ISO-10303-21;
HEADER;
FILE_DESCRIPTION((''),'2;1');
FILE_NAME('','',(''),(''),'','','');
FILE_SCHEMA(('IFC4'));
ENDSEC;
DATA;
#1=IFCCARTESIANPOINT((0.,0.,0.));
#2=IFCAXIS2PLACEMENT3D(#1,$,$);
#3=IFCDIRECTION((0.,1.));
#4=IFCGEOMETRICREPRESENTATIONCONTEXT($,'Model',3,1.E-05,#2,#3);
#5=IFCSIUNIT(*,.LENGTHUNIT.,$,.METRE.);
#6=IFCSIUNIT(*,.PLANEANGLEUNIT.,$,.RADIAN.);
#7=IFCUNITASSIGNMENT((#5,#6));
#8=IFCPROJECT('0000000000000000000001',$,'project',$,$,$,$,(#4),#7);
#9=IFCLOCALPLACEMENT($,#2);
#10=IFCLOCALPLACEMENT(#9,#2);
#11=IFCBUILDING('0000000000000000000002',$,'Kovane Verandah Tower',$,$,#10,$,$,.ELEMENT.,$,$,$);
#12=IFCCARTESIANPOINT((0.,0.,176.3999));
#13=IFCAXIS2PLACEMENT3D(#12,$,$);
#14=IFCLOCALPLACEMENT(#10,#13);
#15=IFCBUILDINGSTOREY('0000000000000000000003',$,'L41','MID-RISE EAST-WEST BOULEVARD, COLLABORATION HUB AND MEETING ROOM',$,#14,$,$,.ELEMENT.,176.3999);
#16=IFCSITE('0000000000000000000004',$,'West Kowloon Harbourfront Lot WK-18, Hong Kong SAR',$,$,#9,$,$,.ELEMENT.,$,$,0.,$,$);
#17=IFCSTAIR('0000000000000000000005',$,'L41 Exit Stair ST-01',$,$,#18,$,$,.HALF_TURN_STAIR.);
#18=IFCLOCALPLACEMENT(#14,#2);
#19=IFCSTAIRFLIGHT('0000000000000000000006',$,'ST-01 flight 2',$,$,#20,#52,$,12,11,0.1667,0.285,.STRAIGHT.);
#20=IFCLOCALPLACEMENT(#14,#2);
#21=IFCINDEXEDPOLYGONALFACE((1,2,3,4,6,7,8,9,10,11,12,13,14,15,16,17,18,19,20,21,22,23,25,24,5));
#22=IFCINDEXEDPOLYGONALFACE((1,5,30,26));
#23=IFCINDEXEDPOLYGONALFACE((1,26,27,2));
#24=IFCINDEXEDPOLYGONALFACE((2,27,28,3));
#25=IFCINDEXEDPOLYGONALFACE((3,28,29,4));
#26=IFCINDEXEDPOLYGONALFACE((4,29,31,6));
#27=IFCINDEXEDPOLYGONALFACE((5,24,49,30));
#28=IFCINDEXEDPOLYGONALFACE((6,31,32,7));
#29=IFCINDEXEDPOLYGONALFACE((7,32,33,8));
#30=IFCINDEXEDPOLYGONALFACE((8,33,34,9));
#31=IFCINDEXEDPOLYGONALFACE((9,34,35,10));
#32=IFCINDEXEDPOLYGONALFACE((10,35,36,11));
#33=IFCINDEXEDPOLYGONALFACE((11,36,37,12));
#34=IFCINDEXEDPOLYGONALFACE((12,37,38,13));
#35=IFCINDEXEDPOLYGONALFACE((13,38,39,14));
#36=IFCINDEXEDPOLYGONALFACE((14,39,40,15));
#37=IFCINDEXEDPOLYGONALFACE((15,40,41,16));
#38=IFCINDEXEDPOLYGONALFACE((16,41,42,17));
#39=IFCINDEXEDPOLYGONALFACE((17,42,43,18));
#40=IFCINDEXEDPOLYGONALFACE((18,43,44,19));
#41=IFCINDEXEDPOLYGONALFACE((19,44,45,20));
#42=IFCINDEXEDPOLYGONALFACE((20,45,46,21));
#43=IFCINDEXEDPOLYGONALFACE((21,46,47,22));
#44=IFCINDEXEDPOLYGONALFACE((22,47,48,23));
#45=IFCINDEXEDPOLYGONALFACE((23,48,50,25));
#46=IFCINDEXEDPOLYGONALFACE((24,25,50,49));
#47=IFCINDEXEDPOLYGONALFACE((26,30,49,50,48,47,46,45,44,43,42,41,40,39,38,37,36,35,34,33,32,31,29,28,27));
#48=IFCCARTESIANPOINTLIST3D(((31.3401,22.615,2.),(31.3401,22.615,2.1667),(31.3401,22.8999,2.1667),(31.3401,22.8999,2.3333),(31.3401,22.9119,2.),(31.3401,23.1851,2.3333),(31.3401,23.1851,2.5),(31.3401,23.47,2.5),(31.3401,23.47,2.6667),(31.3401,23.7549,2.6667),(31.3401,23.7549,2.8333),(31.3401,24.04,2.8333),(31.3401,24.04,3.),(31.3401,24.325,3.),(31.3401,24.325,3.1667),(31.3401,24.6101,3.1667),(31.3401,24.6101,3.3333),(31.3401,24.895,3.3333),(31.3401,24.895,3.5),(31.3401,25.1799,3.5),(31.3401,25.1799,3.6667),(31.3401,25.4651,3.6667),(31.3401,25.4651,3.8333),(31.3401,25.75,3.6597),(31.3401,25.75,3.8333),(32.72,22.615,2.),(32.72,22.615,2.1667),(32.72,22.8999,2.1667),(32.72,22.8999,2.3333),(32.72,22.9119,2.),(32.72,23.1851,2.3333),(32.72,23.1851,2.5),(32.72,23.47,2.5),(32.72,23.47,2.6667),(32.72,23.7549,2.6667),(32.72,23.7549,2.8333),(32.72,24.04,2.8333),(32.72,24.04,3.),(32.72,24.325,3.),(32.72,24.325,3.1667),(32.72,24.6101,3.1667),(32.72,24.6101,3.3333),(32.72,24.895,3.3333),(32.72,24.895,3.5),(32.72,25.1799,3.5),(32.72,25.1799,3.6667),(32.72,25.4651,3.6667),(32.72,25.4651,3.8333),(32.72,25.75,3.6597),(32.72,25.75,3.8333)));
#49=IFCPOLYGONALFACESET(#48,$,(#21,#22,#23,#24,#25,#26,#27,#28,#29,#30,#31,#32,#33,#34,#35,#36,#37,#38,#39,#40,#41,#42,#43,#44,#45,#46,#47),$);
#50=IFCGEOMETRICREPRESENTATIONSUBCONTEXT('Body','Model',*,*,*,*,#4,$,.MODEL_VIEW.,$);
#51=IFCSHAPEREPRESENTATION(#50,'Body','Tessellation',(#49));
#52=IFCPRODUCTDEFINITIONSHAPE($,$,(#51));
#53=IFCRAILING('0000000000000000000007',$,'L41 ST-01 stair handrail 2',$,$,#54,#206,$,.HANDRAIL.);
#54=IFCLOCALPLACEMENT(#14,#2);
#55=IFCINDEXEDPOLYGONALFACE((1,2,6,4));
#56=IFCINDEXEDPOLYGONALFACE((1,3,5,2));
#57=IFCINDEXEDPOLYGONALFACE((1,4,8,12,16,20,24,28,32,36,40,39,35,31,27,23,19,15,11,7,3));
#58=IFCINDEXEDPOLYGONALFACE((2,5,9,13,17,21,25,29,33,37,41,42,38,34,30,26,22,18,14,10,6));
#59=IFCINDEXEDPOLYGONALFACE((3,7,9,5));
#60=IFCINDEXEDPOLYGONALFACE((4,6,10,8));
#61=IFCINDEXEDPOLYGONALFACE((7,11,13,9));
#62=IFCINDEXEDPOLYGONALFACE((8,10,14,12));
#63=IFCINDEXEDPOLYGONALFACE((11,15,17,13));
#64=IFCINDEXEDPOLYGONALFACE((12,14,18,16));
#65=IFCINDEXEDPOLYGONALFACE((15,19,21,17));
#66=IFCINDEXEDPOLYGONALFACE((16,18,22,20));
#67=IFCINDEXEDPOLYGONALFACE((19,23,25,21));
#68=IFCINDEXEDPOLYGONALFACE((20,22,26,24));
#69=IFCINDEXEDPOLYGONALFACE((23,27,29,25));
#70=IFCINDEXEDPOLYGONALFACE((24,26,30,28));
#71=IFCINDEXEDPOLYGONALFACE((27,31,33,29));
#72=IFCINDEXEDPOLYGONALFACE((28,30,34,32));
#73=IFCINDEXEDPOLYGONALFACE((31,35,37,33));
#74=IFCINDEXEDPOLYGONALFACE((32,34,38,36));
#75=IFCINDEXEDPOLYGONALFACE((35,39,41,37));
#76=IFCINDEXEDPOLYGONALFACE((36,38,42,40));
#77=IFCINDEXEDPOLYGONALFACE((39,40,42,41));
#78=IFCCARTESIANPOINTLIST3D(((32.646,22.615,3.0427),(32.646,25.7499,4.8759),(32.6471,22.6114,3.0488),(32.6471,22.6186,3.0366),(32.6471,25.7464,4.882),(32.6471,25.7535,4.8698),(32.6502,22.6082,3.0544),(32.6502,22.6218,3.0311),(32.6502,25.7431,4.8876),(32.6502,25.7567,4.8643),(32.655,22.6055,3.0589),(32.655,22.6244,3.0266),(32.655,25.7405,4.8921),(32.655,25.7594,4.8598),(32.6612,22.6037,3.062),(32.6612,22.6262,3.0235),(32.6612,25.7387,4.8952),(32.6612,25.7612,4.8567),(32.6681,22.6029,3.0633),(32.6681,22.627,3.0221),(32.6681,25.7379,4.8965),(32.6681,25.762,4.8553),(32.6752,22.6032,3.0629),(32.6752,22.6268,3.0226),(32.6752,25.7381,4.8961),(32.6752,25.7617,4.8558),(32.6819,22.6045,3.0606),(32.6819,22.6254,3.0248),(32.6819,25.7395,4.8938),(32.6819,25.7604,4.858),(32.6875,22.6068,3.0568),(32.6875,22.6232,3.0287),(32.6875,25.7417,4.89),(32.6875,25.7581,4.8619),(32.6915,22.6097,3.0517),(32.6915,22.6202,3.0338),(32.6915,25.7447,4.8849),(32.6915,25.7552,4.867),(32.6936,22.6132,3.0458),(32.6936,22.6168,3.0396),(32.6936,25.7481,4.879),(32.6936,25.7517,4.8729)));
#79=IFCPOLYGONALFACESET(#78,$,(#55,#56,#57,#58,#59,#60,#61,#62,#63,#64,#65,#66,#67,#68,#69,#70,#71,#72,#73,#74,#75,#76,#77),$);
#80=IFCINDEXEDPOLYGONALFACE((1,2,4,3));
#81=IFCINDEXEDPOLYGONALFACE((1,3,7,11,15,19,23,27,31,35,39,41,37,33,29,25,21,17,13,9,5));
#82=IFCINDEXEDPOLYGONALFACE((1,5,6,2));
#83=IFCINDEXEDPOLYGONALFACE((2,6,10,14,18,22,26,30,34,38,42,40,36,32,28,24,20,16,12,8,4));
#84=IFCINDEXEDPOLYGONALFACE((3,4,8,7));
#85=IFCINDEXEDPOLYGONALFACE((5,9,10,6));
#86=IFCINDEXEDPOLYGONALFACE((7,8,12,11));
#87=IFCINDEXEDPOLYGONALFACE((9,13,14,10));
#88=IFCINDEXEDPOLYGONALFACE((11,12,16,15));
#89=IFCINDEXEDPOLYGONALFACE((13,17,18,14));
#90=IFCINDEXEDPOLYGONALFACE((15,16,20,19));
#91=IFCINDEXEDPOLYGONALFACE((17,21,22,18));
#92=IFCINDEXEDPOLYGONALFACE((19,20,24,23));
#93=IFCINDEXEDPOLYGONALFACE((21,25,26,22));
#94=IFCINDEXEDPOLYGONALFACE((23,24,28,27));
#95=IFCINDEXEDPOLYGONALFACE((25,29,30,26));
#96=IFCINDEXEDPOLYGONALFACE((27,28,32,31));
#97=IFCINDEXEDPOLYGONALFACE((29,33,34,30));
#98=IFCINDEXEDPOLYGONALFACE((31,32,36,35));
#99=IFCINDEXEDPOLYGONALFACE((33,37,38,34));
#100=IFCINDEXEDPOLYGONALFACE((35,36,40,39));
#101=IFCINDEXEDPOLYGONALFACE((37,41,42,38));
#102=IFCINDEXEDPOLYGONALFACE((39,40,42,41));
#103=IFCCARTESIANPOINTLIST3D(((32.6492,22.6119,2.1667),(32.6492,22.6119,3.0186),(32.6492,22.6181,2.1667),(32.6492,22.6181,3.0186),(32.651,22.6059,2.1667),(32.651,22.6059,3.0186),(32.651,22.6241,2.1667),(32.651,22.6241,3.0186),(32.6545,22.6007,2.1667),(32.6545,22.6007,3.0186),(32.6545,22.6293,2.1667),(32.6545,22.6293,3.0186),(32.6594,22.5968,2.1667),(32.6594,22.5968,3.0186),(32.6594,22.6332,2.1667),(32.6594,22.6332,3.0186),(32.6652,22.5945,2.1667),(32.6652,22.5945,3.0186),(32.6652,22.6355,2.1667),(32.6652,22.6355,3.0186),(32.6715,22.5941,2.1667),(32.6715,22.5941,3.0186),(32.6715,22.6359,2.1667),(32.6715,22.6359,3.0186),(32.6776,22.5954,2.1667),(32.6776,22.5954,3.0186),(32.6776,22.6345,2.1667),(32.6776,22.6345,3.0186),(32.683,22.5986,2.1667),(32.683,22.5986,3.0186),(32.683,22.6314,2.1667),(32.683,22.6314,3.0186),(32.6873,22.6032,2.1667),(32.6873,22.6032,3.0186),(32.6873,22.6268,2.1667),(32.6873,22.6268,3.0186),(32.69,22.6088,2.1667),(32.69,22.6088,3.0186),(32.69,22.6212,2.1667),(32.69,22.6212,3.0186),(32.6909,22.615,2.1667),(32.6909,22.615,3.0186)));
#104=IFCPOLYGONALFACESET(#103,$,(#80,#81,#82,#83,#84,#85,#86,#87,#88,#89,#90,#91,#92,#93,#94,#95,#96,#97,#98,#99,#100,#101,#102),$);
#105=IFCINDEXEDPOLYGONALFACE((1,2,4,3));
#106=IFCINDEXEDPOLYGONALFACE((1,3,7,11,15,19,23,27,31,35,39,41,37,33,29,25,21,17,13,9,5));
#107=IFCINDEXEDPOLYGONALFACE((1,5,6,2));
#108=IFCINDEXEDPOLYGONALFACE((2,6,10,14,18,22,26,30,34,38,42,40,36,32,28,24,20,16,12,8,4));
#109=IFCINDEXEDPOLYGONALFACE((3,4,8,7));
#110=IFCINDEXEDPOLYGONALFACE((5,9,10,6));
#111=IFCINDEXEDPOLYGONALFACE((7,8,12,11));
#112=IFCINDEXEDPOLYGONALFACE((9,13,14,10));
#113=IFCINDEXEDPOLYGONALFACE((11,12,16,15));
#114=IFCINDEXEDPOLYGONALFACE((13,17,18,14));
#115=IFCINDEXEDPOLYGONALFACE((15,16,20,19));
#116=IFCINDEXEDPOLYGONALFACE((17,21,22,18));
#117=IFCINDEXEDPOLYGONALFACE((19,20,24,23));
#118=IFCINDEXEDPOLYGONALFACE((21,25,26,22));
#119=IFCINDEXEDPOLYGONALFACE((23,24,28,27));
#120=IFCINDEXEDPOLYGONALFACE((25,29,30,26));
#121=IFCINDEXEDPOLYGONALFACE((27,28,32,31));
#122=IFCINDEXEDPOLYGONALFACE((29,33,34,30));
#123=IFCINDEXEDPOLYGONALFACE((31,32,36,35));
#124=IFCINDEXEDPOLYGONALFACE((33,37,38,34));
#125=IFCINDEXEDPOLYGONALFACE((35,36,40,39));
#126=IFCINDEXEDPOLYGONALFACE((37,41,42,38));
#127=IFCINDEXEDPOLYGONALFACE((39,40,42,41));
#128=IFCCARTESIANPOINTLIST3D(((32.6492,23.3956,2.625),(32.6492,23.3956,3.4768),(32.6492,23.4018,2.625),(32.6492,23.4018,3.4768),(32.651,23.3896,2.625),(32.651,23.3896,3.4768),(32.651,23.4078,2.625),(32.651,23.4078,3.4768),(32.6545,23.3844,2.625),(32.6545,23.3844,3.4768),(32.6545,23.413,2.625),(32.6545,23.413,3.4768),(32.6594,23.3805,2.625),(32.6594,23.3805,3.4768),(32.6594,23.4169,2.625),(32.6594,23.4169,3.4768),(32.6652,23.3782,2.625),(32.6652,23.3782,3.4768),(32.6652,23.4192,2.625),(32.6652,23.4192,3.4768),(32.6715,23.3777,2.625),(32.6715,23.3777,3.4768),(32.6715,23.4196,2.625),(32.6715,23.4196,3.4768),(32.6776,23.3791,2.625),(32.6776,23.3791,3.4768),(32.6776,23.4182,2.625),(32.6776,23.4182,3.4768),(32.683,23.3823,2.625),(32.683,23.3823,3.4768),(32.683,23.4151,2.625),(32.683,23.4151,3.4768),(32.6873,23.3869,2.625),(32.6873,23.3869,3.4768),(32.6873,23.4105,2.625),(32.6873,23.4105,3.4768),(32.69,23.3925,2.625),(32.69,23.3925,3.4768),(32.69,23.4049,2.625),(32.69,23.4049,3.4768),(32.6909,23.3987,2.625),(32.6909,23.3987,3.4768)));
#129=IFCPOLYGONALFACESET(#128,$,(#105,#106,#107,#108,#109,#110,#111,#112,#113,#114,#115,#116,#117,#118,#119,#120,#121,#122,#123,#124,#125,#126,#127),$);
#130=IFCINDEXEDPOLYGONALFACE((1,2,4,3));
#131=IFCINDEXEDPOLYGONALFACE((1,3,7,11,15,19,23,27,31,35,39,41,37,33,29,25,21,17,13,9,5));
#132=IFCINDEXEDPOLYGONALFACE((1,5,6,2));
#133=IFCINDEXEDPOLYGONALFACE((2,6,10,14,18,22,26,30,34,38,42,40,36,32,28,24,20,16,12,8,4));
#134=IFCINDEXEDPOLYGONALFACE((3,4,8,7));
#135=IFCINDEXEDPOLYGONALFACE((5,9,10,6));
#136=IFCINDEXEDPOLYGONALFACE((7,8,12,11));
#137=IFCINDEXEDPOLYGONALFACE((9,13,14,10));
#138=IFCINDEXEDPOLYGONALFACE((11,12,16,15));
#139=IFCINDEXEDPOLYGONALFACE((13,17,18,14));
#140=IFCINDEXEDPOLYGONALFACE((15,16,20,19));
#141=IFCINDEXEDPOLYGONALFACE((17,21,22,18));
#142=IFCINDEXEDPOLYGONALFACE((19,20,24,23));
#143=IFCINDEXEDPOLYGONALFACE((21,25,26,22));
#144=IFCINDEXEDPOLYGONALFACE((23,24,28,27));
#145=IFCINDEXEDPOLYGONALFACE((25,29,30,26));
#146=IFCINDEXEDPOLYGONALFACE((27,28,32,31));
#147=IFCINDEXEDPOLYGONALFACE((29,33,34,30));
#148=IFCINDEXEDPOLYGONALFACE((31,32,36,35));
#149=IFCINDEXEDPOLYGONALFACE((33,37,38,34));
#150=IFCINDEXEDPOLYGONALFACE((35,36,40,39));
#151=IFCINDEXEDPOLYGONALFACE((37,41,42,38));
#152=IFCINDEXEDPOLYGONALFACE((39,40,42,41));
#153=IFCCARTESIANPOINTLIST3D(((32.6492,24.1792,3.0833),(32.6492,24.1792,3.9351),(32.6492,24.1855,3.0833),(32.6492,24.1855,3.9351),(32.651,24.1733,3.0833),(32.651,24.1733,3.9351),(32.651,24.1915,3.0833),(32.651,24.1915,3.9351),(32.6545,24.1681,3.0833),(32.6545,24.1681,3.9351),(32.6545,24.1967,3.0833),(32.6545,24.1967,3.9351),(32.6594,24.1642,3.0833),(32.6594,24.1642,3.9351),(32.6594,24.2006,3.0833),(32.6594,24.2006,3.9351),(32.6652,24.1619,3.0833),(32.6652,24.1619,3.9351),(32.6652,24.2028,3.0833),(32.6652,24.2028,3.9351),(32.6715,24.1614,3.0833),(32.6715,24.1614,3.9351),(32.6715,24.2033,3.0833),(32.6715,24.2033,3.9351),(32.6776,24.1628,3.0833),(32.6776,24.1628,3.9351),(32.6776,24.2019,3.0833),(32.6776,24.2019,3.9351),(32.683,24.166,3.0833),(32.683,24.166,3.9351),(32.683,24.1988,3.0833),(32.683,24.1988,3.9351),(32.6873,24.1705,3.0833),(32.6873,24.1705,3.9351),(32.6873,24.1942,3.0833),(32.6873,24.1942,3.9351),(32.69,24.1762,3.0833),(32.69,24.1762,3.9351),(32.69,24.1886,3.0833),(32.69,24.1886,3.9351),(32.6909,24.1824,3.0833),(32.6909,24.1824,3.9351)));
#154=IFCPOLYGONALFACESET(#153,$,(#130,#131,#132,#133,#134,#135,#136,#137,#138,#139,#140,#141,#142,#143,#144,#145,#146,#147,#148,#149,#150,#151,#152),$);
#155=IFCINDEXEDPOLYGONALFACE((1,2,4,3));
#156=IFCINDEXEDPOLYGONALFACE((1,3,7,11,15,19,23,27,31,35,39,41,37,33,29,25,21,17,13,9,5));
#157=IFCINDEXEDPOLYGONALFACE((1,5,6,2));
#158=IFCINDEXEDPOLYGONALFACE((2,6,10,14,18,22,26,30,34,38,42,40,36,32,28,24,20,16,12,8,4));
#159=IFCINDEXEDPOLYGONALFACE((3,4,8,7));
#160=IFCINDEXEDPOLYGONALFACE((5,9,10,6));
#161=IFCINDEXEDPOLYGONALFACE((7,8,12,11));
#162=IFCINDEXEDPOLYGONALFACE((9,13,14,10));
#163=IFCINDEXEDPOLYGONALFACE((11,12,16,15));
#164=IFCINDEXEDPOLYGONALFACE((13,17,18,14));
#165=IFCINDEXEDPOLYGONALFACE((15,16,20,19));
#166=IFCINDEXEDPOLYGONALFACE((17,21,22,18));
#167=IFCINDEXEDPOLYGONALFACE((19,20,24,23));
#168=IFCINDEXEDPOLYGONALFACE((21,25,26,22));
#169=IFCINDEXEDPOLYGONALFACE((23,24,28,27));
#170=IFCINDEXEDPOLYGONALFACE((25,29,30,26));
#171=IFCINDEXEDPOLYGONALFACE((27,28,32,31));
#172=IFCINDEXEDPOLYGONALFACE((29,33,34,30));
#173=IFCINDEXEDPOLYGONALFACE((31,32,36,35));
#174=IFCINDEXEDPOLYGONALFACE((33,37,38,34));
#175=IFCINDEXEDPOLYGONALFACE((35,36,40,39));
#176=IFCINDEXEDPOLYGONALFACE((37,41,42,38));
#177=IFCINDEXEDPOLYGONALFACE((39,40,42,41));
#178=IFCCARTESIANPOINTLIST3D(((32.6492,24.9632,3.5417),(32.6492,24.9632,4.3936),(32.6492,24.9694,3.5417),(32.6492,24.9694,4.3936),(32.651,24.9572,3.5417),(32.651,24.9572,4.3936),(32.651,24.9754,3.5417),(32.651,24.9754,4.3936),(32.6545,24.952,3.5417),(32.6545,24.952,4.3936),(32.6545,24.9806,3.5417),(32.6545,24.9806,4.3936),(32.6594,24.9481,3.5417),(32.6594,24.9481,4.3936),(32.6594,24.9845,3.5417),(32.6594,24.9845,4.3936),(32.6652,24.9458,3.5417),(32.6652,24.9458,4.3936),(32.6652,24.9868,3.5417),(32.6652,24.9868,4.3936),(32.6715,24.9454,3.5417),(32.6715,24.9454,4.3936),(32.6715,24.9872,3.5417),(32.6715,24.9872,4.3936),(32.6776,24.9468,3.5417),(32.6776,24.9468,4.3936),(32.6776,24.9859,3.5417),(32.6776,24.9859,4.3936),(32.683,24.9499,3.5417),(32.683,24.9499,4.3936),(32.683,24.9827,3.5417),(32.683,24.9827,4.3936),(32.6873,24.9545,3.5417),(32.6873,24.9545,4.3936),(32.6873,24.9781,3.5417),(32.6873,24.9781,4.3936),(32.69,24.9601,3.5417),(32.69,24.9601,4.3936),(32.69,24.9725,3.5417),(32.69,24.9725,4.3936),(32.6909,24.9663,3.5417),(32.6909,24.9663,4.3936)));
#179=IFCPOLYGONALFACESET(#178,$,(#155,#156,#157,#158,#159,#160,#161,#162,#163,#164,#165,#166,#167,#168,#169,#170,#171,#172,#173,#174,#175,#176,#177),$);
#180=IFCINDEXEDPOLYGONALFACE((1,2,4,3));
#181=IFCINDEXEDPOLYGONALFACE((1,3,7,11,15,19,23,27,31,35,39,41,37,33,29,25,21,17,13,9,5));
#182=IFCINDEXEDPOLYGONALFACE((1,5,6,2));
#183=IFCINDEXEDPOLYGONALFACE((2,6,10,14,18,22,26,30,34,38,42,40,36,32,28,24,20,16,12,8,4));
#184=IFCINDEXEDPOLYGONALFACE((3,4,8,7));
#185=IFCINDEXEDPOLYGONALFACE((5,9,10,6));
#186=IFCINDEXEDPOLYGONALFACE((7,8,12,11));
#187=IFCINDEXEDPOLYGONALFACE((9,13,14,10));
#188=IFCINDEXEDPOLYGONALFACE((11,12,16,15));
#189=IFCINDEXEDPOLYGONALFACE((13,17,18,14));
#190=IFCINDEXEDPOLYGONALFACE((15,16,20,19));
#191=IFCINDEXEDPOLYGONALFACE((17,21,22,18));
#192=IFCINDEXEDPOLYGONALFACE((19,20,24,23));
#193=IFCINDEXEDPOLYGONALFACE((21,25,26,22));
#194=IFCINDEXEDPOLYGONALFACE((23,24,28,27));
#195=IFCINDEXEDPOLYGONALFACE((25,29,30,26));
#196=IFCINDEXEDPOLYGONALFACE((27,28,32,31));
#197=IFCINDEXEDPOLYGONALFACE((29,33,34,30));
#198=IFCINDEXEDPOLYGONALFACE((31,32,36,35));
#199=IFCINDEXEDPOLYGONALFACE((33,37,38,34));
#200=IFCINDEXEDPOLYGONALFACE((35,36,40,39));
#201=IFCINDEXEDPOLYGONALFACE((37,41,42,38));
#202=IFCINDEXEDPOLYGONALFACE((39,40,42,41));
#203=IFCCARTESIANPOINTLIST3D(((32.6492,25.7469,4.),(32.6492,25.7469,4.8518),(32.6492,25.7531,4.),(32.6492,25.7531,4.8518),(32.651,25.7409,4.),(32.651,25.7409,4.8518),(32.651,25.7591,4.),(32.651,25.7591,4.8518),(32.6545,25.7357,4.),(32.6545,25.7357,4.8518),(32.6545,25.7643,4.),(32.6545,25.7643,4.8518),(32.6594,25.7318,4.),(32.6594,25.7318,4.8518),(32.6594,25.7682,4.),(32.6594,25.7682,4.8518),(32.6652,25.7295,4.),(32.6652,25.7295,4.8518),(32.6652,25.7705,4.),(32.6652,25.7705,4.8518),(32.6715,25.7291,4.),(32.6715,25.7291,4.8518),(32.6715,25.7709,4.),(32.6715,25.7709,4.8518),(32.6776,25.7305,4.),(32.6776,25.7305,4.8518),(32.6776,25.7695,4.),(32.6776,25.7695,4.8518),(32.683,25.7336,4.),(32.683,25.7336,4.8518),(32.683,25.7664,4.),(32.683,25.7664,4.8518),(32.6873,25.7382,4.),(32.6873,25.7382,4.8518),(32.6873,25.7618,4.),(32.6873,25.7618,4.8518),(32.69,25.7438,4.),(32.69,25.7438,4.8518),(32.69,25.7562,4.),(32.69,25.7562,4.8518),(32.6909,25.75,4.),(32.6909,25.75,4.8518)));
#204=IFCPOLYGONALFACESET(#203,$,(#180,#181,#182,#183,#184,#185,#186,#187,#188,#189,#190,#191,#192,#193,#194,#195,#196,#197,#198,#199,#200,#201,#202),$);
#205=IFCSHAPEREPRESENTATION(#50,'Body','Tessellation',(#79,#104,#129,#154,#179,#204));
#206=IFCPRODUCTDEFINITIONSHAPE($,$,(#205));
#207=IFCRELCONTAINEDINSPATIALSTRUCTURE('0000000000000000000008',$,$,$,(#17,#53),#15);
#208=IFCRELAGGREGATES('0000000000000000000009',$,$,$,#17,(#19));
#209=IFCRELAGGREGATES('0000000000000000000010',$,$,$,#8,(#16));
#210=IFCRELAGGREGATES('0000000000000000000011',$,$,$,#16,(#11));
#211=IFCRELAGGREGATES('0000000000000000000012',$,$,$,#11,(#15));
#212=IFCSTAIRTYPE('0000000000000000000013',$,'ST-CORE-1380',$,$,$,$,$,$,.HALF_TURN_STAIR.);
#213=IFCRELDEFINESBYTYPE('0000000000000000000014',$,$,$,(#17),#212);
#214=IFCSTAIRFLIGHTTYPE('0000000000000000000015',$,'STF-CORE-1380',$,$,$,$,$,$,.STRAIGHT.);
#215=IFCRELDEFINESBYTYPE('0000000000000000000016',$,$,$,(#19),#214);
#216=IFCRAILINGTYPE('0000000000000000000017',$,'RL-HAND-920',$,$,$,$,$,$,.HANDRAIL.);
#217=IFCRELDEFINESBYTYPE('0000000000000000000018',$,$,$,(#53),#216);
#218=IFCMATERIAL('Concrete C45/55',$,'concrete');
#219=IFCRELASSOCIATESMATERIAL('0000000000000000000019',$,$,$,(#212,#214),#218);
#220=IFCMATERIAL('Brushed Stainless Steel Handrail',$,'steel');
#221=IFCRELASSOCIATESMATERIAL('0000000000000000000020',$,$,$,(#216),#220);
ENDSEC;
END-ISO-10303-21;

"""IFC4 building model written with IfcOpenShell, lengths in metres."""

from ifc_helpers import new_model, si_unit, direction, frame, origin, origin_2d, place, context, subcontext, project, spatial, polyline, circle, outline, extrude, material, type_object, element, aggregate, save


model = new_model("IFC4")

# Units and contexts
model_context = context("Model", 3, precision=1e-05, world=origin(), true_north=direction((0.0, 1.0)))
body_context = subcontext(model_context, "Body", "Model", "MODEL_VIEW")
ifc_project = project(units=[si_unit("LENGTHUNIT", "METRE"), si_unit("PLANEANGLEUNIT", "RADIAN")], contexts=[model_context])

# Site, building, storey
site_placement = place(None, origin())
site = spatial("IfcSite", under=ifc_project, at=site_placement, Name="West Kowloon Harbourfront Lot WK-18, Hong Kong SAR", CompositionType="ELEMENT", RefElevation=0.0)
building_placement = place(site_placement, origin())
building = spatial("IfcBuilding", under=site, at=building_placement, Name="Kovane Verandah Tower", CompositionType="ELEMENT")
storey_placement = place(building_placement, frame((0.0, 0.0, 176.3999)))
storey = spatial("IfcBuildingStorey", under=building, at=storey_placement, Name="L41", Description="MID-RISE EAST-WEST BOULEVARD, COLLABORATION HUB AND MEETING ROOM", CompositionType="ELEMENT", Elevation=176.3999)

# Shared definitions
ifc_material_1 = material(Name="Concrete C45/55", Category="concrete")

# Stair, stair flight
stair_type = type_object("IfcStairType", Name="ST-CORE-1380", PredefinedType="HALF_TURN_STAIR", material=ifc_material_1)
stair_placement = place(storey_placement, origin())
stair = element("IfcStair", 1, at=stair_placement, inside=storey, type_object=stair_type, Name="L41 Exit Stair ST-01", PredefinedType="HALF_TURN_STAIR")
stair_flight_type = type_object("IfcStairFlightType", Name="STF-CORE-1380", PredefinedType="STRAIGHT", material=ifc_material_1)
stair_flight_placement = place(storey_placement, frame((32.03, 22.615, 2.0), z_axis=(0.0, 0.0, 1.0), x_axis=(0.0, 1.0, 0.0)))
stair_flight = element("IfcStairFlight", 2, at=stair_flight_placement, type_object=stair_flight_type, Name="ST-01 flight 2", NumberOfRisers=12, NumberOfTreads=11, PredefinedType="STRAIGHT", RiserHeight=0.1667, TreadLength=0.285, context=body_context, shape_type="SweptSolid", body=[
    extrude(outline(polyline([(0.0, 0.0), (0.0, 0.1667), (0.2849, 0.1667), (0.2849, 0.3333), (0.5701, 0.3333), (0.5701, 0.5), (0.855, 0.5), (0.855, 0.6667), (1.1399, 0.6667), (1.1399, 0.8333), (1.425, 0.8333), (1.425, 1.0), (1.71, 1.0), (1.71, 1.1667), (1.9951, 1.1667), (1.9951, 1.3333), (2.28, 1.3333), (2.28, 1.5), (2.5649, 1.5), (2.5649, 1.6667), (2.8501, 1.6667), (2.8501, 1.8333), (3.135, 1.8333), (3.135, 2.0), (3.135, 1.6597), (0.2969, 0.0), (0.0, 0.0)])), frame((0.0, 0.6899, 0.0), z_axis=(0.0, -1.0, 0.0), x_axis=(1.0, 0.0, 0.0)), (0.0, 0.0, 1.0), 1.3799),
])
aggregate(stair, [stair_flight])

# Railing
ifc_material_2 = material(Name="Brushed Stainless Steel Handrail", Category="steel")
railing_type_1 = type_object("IfcRailingType", Name="RL-HAND-920", PredefinedType="HANDRAIL", material=ifc_material_2)
railing_1_placement = place(storey_placement, frame((32.6699, 22.615, 2.1667)))
element("IfcRailing", 3, at=railing_1_placement, inside=storey, type_object=railing_type_1, Name="L41 ST-01 stair handrail 2", PredefinedType="HANDRAIL", context=body_context, shape_type="SweptSolid", body=[
    extrude(circle(Radius=0.0239, at=origin_2d()), frame((0.0, 0.0, 0.876), z_axis=(0.0, 0.86324, 0.504794), x_axis=(-1.0, 0.0, 0.0)), (0.0, 0.0, 1.0), 3.6316),
    extrude(circle(Radius=0.021, at=origin_2d()), origin(), (0.0, 0.0, 1.0), 0.8518),
    extrude(circle(Radius=0.021, at=origin_2d()), frame((0.0, 0.7837, 0.4583)), (0.0, 0.0, 1.0), 0.8518),
    extrude(circle(Radius=0.021, at=origin_2d()), frame((0.0, 1.5674, 0.9165)), (0.0, 0.0, 1.0), 0.8518),
    extrude(circle(Radius=0.021, at=origin_2d()), frame((0.0, 2.3513, 1.375)), (0.0, 0.0, 1.0), 0.8518),
    extrude(circle(Radius=0.021, at=origin_2d()), frame((0.0, 3.135, 1.8333)), (0.0, 0.0, 1.0), 0.8518),
])

save(model, "model.ifc")
